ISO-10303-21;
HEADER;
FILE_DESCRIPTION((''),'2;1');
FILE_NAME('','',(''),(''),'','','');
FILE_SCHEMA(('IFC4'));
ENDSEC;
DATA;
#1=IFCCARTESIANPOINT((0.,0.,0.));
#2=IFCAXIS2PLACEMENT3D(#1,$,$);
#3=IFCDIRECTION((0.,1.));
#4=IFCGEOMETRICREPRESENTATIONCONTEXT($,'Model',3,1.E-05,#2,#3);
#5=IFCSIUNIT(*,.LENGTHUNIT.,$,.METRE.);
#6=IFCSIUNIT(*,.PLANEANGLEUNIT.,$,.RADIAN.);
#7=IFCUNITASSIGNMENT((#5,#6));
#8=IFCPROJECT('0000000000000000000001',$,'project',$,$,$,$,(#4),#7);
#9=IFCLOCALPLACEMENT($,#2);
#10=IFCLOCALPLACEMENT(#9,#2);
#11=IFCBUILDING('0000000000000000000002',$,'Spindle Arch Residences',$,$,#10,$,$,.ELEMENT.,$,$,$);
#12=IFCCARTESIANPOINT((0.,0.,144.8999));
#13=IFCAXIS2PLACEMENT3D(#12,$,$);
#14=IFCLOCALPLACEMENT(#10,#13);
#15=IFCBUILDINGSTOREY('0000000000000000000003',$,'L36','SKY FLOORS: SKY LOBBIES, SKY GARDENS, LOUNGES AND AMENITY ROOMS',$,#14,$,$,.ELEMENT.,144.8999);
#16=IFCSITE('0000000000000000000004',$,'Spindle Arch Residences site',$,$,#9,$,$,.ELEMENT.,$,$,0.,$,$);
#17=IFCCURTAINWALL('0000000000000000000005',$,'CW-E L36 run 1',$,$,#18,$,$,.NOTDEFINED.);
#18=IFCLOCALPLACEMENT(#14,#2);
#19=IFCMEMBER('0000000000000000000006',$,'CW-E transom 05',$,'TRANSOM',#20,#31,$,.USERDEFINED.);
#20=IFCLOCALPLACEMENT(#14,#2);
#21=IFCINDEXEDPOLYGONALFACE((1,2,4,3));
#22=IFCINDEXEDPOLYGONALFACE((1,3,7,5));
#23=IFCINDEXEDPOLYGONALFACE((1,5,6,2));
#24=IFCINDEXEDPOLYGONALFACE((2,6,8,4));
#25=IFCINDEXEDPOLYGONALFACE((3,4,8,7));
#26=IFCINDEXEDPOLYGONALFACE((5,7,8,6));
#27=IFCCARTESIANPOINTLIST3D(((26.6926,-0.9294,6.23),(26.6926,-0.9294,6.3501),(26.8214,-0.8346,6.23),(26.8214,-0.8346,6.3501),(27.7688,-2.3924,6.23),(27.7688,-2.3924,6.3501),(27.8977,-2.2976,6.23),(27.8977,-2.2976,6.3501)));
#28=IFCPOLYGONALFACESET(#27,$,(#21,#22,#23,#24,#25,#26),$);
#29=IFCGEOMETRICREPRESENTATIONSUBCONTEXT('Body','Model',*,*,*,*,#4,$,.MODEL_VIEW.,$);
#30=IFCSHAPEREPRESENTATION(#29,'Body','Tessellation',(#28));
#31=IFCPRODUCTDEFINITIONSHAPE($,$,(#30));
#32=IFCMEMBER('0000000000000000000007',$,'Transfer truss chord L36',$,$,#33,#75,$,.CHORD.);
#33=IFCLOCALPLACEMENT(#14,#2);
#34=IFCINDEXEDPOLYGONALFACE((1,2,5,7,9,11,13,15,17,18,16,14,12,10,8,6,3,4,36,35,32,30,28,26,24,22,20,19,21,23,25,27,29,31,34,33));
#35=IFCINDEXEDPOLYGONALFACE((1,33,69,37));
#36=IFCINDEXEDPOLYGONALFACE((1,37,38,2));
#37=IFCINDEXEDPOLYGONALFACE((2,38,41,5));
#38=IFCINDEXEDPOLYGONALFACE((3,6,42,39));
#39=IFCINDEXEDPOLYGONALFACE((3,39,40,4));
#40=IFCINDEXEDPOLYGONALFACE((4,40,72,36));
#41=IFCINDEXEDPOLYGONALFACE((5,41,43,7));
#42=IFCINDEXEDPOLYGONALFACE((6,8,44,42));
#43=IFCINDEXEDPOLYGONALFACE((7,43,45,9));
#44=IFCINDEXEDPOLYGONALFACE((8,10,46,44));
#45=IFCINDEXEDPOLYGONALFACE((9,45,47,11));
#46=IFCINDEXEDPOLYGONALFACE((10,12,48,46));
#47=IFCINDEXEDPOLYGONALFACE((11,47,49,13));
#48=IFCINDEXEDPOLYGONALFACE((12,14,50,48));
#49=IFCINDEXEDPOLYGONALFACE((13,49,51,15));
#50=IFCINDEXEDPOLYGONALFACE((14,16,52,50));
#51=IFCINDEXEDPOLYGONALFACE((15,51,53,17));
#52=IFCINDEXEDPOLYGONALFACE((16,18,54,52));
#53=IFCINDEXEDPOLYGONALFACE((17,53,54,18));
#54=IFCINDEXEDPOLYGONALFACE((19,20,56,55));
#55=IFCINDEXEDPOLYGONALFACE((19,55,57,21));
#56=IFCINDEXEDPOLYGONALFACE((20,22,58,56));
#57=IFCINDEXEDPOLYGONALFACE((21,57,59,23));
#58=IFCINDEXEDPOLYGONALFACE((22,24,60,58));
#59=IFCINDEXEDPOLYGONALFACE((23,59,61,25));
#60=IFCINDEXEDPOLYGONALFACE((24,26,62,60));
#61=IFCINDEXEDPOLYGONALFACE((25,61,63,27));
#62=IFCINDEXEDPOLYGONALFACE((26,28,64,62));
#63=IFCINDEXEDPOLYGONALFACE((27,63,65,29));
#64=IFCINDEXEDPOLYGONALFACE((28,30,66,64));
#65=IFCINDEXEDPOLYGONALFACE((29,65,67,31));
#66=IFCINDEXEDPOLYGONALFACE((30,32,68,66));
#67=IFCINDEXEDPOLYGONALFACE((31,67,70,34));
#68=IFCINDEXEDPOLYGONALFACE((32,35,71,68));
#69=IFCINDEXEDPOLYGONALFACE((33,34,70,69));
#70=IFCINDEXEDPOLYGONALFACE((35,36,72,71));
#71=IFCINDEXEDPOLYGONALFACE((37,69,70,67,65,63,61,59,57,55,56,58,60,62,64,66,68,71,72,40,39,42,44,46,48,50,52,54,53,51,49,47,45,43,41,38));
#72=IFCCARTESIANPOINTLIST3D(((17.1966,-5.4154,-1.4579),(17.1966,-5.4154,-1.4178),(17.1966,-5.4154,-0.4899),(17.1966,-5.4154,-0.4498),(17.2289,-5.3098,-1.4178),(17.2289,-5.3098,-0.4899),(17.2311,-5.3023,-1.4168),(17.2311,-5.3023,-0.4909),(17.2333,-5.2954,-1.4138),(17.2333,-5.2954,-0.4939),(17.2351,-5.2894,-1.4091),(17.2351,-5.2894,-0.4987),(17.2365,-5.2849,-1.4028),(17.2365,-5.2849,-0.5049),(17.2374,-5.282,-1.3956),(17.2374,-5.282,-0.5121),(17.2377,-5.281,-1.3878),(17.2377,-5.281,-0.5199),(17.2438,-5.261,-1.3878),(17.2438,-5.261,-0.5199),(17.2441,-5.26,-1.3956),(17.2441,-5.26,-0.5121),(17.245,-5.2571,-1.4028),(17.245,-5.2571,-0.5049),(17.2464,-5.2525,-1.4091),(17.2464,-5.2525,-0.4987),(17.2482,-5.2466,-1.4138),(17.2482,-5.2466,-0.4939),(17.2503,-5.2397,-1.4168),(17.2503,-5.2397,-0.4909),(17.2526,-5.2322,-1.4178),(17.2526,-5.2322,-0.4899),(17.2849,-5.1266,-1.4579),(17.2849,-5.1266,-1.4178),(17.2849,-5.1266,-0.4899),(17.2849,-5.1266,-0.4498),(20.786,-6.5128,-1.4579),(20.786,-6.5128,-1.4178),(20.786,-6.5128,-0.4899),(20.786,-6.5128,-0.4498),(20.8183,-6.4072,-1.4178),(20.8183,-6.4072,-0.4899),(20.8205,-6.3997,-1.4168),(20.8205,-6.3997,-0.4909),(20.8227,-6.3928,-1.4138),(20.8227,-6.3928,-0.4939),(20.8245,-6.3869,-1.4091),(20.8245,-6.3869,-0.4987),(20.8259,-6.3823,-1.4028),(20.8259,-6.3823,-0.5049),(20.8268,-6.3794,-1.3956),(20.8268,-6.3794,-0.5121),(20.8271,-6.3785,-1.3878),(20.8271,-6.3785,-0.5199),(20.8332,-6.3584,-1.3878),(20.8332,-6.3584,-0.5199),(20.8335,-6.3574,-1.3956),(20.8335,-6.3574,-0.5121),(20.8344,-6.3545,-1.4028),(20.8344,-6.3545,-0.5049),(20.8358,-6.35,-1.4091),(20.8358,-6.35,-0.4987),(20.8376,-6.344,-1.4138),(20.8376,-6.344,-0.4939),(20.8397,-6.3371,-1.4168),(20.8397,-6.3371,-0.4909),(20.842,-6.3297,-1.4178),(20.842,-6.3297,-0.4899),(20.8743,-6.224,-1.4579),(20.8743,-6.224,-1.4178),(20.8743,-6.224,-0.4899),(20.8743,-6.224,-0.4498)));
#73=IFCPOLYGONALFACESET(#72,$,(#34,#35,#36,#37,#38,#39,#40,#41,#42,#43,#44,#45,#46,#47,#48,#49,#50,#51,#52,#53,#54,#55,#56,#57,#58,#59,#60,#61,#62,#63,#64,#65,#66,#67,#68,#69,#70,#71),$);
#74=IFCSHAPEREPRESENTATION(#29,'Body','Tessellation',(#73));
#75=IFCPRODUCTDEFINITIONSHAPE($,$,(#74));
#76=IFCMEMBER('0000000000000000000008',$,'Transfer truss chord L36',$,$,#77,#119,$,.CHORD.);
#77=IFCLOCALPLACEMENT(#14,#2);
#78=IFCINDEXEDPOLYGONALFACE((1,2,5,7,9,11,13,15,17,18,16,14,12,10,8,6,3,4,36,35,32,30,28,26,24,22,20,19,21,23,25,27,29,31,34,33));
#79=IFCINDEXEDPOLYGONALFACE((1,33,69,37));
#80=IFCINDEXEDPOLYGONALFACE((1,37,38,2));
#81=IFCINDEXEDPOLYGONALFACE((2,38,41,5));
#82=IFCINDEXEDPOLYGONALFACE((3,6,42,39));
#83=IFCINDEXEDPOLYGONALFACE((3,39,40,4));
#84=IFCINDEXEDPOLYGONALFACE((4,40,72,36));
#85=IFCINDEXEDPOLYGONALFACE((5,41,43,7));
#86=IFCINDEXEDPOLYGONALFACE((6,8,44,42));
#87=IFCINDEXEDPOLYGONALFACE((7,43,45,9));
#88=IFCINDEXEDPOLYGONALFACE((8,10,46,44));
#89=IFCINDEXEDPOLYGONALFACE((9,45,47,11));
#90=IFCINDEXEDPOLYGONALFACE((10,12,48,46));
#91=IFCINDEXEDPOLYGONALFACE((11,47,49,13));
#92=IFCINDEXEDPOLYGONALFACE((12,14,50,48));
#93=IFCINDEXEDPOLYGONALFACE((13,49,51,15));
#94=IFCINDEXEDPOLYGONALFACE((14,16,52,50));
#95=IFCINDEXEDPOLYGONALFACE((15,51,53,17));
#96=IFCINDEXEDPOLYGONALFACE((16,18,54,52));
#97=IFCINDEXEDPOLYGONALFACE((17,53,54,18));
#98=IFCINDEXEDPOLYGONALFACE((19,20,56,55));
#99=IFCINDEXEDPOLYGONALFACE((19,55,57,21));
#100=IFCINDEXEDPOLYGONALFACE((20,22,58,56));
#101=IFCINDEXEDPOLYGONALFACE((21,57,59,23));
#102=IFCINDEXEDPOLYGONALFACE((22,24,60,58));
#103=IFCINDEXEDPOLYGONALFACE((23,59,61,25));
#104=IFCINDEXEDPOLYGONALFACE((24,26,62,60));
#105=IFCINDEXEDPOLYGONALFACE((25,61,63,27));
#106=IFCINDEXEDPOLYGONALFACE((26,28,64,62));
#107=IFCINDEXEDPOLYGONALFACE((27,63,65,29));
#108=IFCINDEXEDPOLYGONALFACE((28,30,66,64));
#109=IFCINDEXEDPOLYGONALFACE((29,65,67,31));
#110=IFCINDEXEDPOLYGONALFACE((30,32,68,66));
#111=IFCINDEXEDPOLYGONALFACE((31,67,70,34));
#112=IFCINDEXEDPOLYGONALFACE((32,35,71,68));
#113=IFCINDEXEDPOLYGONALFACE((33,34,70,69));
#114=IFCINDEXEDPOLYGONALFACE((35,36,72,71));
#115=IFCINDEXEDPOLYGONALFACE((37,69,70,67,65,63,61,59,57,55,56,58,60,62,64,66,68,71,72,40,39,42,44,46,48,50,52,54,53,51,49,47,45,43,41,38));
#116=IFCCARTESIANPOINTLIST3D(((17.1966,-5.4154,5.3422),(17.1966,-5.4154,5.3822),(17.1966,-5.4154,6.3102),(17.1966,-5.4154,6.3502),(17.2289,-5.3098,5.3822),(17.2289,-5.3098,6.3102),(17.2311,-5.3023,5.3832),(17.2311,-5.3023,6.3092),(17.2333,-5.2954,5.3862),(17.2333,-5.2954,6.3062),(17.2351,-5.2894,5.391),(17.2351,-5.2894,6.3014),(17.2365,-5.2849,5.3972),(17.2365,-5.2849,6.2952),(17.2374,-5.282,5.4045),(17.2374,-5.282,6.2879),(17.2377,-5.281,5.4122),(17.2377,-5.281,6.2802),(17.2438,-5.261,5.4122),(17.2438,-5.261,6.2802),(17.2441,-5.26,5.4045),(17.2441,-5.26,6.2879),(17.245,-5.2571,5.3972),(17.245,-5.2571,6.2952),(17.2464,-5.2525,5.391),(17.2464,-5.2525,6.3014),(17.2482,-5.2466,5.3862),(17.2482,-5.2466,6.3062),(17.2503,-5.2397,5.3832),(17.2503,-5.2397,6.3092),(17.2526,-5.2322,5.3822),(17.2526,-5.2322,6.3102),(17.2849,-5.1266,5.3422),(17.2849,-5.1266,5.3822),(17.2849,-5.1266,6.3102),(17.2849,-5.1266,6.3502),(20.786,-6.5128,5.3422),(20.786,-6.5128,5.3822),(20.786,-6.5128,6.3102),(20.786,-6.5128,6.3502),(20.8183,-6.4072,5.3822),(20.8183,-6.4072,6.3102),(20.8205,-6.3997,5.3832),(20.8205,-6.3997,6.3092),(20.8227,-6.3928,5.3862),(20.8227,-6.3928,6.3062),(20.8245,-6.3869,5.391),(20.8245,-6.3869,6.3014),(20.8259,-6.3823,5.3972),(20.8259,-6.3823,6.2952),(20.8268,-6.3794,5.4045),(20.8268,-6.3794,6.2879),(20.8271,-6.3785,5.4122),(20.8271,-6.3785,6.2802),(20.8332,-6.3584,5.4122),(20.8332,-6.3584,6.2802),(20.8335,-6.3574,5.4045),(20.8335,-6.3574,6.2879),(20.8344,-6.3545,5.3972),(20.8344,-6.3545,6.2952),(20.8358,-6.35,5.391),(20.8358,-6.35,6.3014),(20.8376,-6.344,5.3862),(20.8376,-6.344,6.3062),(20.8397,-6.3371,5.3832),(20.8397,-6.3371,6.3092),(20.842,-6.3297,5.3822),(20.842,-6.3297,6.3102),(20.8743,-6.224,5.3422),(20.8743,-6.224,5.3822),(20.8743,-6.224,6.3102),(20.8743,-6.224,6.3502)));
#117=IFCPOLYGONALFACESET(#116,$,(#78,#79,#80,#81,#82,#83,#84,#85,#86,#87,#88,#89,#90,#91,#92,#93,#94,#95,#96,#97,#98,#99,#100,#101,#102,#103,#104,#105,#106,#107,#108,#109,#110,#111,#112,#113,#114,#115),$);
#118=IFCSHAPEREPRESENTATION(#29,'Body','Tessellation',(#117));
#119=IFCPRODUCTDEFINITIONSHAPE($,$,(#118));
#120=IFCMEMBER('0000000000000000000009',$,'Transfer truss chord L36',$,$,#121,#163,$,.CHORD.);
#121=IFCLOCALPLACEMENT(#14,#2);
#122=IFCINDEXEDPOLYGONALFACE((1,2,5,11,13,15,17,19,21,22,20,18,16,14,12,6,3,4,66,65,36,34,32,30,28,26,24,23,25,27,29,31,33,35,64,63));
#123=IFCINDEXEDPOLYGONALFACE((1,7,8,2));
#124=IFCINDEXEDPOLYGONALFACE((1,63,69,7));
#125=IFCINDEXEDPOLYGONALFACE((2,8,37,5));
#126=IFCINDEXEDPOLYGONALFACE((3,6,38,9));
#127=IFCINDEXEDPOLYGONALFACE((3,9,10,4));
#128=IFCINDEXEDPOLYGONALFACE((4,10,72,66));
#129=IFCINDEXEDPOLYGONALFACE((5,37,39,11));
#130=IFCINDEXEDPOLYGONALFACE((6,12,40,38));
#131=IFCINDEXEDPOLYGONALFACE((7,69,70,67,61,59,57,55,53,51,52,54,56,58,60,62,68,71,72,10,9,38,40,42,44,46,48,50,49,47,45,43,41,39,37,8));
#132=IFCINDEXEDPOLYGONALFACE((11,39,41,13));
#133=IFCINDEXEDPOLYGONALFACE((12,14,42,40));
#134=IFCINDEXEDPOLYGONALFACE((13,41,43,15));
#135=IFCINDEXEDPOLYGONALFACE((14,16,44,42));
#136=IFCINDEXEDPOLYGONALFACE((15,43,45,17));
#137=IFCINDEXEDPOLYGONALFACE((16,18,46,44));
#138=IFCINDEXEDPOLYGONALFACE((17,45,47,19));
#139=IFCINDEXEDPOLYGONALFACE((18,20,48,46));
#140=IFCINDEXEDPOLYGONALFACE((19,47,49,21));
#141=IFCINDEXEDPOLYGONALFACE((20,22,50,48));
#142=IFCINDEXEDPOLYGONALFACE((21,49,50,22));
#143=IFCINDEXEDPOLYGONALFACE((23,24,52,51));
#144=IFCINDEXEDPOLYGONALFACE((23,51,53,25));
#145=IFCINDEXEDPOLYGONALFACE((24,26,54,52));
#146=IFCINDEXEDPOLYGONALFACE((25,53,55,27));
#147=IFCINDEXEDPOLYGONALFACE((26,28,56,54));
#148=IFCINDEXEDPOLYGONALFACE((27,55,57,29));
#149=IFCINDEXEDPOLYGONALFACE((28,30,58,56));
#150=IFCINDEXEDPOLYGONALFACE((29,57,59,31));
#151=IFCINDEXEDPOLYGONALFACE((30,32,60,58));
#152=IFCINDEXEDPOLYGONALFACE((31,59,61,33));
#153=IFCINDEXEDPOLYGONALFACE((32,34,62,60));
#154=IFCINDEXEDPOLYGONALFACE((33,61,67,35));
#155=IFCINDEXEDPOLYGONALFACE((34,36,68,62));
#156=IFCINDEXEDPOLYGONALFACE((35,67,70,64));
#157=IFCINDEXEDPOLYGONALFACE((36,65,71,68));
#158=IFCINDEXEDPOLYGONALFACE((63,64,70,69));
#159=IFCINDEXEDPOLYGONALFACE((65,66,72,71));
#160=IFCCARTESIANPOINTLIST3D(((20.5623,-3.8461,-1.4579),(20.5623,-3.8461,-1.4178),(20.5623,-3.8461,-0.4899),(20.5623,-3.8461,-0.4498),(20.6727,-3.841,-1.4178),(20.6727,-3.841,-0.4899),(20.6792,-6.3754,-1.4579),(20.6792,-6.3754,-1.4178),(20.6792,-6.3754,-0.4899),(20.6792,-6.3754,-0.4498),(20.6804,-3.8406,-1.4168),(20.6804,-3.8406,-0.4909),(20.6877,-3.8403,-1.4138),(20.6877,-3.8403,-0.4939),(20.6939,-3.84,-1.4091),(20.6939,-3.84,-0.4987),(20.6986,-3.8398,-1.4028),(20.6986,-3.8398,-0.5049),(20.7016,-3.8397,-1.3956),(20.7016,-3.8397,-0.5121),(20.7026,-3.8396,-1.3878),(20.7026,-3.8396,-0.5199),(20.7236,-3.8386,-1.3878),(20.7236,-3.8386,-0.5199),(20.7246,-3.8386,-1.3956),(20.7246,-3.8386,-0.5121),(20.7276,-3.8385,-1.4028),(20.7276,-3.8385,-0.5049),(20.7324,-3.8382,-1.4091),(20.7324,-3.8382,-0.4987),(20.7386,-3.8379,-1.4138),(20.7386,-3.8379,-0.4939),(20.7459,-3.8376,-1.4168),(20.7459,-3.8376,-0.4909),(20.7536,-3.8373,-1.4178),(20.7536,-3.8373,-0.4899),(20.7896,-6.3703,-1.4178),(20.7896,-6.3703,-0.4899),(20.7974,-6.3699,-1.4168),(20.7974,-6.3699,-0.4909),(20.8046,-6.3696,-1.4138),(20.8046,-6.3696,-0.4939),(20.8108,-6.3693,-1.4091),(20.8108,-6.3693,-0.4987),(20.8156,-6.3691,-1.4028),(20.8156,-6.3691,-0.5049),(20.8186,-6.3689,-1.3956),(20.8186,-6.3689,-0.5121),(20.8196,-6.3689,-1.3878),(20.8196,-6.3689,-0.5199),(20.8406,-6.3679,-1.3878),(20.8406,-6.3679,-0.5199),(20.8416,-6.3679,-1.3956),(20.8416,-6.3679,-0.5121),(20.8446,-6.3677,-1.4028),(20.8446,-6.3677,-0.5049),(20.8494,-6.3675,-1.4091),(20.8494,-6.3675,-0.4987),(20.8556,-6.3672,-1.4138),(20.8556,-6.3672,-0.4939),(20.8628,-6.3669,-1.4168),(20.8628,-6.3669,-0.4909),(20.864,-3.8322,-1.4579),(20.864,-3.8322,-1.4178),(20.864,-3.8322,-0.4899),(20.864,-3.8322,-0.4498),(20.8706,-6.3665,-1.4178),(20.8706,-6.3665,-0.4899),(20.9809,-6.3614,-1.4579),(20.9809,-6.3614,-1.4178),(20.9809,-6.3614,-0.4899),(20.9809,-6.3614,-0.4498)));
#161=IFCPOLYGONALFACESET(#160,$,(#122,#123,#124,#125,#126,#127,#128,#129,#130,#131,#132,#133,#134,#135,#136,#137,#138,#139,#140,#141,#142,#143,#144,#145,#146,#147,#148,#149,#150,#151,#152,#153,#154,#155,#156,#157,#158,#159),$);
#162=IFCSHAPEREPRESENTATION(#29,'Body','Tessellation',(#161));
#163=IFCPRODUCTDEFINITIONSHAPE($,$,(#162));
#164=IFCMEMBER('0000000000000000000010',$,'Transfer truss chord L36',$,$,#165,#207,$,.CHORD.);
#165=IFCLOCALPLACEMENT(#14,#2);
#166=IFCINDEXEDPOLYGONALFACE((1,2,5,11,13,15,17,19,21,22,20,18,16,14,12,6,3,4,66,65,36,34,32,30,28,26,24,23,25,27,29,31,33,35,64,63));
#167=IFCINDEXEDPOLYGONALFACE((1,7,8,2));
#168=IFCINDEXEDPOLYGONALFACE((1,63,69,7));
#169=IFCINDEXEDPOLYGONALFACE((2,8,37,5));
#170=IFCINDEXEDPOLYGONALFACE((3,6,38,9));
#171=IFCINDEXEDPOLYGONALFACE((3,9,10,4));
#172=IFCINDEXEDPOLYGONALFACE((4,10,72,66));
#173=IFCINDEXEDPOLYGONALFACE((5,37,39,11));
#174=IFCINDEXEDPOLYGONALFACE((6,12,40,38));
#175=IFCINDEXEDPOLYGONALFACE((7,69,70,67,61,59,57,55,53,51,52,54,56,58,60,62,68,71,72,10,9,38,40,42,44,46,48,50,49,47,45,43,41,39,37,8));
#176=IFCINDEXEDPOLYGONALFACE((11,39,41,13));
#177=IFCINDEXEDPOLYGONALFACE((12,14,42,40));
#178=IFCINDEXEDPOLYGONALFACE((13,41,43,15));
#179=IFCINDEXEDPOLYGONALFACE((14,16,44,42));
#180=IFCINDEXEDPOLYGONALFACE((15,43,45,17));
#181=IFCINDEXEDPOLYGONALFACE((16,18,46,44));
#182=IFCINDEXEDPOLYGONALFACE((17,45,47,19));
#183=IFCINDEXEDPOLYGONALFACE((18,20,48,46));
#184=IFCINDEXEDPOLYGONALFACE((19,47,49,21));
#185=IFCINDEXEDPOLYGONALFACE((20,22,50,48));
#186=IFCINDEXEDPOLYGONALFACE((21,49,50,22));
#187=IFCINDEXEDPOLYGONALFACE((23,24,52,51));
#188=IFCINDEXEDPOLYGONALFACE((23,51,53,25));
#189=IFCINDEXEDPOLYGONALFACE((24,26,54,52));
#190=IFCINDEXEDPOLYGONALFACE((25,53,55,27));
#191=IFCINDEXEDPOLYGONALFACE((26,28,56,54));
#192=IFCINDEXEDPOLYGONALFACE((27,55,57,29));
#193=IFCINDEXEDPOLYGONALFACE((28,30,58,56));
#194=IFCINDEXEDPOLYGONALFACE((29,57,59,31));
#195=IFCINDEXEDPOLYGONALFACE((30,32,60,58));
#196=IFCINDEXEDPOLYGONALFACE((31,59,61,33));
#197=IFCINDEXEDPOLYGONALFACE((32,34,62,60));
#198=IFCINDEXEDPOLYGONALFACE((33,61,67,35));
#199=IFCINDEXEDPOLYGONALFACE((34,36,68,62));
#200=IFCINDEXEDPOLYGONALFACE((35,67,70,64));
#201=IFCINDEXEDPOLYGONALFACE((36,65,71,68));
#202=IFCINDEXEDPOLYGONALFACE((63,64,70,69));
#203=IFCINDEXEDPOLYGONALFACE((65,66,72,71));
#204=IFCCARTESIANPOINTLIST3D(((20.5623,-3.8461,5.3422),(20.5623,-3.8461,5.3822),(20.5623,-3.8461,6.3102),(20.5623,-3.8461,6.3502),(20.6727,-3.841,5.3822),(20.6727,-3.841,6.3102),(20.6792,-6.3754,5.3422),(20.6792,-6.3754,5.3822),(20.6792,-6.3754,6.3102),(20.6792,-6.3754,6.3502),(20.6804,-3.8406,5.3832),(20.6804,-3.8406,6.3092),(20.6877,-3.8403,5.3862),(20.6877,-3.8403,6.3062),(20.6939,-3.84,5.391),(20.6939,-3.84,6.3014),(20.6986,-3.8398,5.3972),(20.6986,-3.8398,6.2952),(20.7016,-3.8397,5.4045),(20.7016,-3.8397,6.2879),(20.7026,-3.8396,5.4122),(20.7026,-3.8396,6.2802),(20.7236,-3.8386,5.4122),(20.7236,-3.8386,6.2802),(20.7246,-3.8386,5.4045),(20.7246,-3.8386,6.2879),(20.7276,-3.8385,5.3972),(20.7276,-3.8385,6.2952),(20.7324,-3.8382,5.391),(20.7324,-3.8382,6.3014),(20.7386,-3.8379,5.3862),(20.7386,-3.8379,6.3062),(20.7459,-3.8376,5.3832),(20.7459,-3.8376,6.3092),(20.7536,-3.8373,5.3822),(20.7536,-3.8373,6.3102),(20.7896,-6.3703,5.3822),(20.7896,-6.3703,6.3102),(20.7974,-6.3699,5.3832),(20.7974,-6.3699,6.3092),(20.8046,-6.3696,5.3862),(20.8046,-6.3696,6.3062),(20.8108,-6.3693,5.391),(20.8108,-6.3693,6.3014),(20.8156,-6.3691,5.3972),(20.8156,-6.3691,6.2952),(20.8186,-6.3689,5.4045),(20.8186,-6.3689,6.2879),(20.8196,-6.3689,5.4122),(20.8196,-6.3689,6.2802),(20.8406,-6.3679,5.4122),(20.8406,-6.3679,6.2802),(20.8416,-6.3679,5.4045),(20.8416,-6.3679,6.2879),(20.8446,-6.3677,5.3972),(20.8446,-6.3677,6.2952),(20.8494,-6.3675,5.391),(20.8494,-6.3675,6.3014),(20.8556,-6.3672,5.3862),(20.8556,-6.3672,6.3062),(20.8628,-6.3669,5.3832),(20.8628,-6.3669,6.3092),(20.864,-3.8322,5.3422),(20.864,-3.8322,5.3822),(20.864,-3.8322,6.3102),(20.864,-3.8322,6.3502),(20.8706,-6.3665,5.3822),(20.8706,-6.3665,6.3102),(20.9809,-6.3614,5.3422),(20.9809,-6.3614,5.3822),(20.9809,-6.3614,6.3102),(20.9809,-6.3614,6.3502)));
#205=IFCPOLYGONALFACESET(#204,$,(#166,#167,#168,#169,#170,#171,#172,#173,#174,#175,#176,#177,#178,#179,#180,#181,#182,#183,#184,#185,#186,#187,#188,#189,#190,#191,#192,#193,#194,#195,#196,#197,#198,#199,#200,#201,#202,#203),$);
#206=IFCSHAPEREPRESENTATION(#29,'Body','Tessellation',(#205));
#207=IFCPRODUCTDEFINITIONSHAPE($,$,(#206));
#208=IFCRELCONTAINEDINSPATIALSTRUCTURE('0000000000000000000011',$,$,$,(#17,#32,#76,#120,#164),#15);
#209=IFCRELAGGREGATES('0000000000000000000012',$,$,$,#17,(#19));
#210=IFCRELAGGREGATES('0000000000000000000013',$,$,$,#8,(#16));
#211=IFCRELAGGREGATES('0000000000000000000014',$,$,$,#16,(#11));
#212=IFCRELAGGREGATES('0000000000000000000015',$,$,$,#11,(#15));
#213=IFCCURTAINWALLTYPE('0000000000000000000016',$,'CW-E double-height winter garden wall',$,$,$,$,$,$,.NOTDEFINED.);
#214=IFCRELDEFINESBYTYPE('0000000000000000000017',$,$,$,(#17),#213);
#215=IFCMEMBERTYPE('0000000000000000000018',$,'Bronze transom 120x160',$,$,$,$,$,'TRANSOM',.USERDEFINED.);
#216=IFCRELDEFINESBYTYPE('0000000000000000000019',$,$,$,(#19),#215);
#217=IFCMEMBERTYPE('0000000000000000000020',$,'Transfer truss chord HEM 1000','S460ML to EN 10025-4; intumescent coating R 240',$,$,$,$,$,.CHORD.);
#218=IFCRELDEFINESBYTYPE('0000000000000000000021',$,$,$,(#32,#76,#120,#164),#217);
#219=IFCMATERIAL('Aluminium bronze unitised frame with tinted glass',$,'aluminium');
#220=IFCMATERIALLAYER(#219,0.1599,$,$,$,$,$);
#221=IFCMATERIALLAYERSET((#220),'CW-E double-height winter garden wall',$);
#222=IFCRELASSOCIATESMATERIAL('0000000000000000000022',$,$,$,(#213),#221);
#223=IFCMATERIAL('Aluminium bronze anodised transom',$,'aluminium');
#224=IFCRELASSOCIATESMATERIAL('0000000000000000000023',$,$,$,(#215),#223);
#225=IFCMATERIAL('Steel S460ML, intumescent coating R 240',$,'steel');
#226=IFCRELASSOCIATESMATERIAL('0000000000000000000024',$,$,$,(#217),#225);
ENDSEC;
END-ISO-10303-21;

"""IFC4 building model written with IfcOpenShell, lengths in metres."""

from ifc_helpers import new_model, si_unit, direction, frame, origin, origin_2d, place, context, subcontext, project, spatial, rectangle, i_section, extrude, material, layer, layer_set, material_profile, profile_set, type_object, element, aggregate, save


model = new_model("IFC4")

# Units and contexts
model_context = context("Model", 3, precision=1e-05, world=origin(), true_north=direction((0.0, 1.0)))
body_context = subcontext(model_context, "Body", "Model", "MODEL_VIEW")
ifc_project = project(units=[si_unit("LENGTHUNIT", "METRE"), si_unit("PLANEANGLEUNIT", "RADIAN")], contexts=[model_context])

# Site, building, storey
site_placement = place(None, origin())
site = spatial("IfcSite", under=ifc_project, at=site_placement, Name="Spindle Arch Residences site", CompositionType="ELEMENT", RefElevation=0.0)
building_placement = place(site_placement, origin())
building = spatial("IfcBuilding", under=site, at=building_placement, Name="Spindle Arch Residences", CompositionType="ELEMENT")
storey_placement = place(building_placement, frame((0.0, 0.0, 144.8999)))
storey = spatial("IfcBuildingStorey", under=building, at=storey_placement, Name="L36", Description="SKY FLOORS: SKY LOBBIES, SKY GARDENS, LOUNGES AND AMENITY ROOMS", CompositionType="ELEMENT", Elevation=144.8999)

# Curtain wall, member
ifc_material_1 = material(Name="Aluminium bronze unitised frame with tinted glass", Category="aluminium")
ifc_layer_1 = layer(ifc_material_1, 0.1599)
ifc_layer_set_1 = layer_set([ifc_layer_1], Name="CW-E double-height winter garden wall")
curtain_wall_type = type_object("IfcCurtainWallType", Name="CW-E double-height winter garden wall", PredefinedType="NOTDEFINED", material=ifc_layer_set_1)
curtain_wall_placement = place(storey_placement, origin())
curtain_wall = element("IfcCurtainWall", 1, at=curtain_wall_placement, inside=storey, type_object=curtain_wall_type, Name="CW-E L36 run 1", PredefinedType="NOTDEFINED")
ifc_material_2 = material(Name="Aluminium bronze anodised transom", Category="aluminium")
ifc_material_profile_1 = material_profile(ifc_material_2, rectangle(XDim=0.1599, YDim=0.1201, at=origin_2d()), Name="TR 120x160")
ifc_profile_set_1 = profile_set([ifc_material_profile_1], Name="Aluminium bronze anodised transom")
member_type_1 = type_object("IfcMemberType", Name="Bronze transom 120x160", ElementType="TRANSOM", PredefinedType="USERDEFINED", material=ifc_profile_set_1)
member_1_placement = place(storey_placement, frame((27.8333, -2.345, 6.29), z_axis=(-0.592575, 0.805515, 0.0), x_axis=(-0.805515, -0.592575, 0.0)))
member_1 = element("IfcMember", 2, at=member_1_placement, type_object=member_type_1, Name="CW-E transom 05", ObjectType="TRANSOM", PredefinedType="USERDEFINED", context=body_context, shape_type="SweptSolid", body=[
    extrude(rectangle(XDim=0.1599, YDim=0.1201, at=origin_2d()), origin(), (0.0, 0.0, 1.0), 1.8162),
])

# Members
ifc_material_3 = material(Name="Steel S460ML, intumescent coating R 240", Category="steel")
ifc_material_profile_2 = material_profile(ifc_material_3, i_section(OverallWidth=0.302, OverallDepth=1.0081, WebThickness=0.021, FlangeThickness=0.04, FilletRadius=0.03, at=origin_2d()), Name="HEM 1000")
ifc_profile_set_2 = profile_set([ifc_material_profile_2], Name="Steel S460ML, intumescent coating R 240")
member_type_2 = type_object("IfcMemberType", Name="Transfer truss chord HEM 1000", Description="S460ML to EN 10025-4; intumescent coating R 240", PredefinedType="CHORD", material=ifc_profile_set_2)
for number, where, z_axis, x_axis, name in (
    (3, (17.2407, -5.271, -0.9539), (0.956302, -0.29238, 0.0), (0.29238, 0.956302, 0.0), "Transfer truss chord L36"),
    (4, (17.2407, -5.271, 5.8462), (0.956302, -0.29238, 0.0), (0.29238, 0.956302, 0.0), "Transfer truss chord L36"),
):
    element("IfcMember", number, at=place(storey_placement, frame(where, z_axis=z_axis, x_axis=x_axis)), inside=storey, type_object=member_type_2, Name=name, PredefinedType="CHORD", context=body_context, shape_type="SweptSolid", body=[
        extrude(i_section(OverallWidth=0.302, OverallDepth=1.0081, WebThickness=0.021, FlangeThickness=0.04, FilletRadius=0.03, at=origin_2d()), origin(), (0.0, 0.0, 1.0), 3.7534),
    ])
for number, where, z_axis, x_axis, name in (
    (5, (20.8301, -6.3684, -0.9539), (-0.046186, 0.998933, 0.0), (-0.998933, -0.046186, 0.0), "Transfer truss chord L36"),
    (6, (20.8301, -6.3684, 5.8462), (-0.046186, 0.998933, 0.0), (-0.998933, -0.046186, 0.0), "Transfer truss chord L36"),
):
    element("IfcMember", number, at=place(storey_placement, frame(where, z_axis=z_axis, x_axis=x_axis)), inside=storey, type_object=member_type_2, Name=name, PredefinedType="CHORD", context=body_context, shape_type="SweptSolid", body=[
        extrude(i_section(OverallWidth=0.302, OverallDepth=1.0081, WebThickness=0.021, FlangeThickness=0.04, FilletRadius=0.03, at=origin_2d()), origin(), (0.0, 0.0, 1.0), 2.532),
    ])

aggregate(curtain_wall, [member_1])

save(model, "model.ifc")
